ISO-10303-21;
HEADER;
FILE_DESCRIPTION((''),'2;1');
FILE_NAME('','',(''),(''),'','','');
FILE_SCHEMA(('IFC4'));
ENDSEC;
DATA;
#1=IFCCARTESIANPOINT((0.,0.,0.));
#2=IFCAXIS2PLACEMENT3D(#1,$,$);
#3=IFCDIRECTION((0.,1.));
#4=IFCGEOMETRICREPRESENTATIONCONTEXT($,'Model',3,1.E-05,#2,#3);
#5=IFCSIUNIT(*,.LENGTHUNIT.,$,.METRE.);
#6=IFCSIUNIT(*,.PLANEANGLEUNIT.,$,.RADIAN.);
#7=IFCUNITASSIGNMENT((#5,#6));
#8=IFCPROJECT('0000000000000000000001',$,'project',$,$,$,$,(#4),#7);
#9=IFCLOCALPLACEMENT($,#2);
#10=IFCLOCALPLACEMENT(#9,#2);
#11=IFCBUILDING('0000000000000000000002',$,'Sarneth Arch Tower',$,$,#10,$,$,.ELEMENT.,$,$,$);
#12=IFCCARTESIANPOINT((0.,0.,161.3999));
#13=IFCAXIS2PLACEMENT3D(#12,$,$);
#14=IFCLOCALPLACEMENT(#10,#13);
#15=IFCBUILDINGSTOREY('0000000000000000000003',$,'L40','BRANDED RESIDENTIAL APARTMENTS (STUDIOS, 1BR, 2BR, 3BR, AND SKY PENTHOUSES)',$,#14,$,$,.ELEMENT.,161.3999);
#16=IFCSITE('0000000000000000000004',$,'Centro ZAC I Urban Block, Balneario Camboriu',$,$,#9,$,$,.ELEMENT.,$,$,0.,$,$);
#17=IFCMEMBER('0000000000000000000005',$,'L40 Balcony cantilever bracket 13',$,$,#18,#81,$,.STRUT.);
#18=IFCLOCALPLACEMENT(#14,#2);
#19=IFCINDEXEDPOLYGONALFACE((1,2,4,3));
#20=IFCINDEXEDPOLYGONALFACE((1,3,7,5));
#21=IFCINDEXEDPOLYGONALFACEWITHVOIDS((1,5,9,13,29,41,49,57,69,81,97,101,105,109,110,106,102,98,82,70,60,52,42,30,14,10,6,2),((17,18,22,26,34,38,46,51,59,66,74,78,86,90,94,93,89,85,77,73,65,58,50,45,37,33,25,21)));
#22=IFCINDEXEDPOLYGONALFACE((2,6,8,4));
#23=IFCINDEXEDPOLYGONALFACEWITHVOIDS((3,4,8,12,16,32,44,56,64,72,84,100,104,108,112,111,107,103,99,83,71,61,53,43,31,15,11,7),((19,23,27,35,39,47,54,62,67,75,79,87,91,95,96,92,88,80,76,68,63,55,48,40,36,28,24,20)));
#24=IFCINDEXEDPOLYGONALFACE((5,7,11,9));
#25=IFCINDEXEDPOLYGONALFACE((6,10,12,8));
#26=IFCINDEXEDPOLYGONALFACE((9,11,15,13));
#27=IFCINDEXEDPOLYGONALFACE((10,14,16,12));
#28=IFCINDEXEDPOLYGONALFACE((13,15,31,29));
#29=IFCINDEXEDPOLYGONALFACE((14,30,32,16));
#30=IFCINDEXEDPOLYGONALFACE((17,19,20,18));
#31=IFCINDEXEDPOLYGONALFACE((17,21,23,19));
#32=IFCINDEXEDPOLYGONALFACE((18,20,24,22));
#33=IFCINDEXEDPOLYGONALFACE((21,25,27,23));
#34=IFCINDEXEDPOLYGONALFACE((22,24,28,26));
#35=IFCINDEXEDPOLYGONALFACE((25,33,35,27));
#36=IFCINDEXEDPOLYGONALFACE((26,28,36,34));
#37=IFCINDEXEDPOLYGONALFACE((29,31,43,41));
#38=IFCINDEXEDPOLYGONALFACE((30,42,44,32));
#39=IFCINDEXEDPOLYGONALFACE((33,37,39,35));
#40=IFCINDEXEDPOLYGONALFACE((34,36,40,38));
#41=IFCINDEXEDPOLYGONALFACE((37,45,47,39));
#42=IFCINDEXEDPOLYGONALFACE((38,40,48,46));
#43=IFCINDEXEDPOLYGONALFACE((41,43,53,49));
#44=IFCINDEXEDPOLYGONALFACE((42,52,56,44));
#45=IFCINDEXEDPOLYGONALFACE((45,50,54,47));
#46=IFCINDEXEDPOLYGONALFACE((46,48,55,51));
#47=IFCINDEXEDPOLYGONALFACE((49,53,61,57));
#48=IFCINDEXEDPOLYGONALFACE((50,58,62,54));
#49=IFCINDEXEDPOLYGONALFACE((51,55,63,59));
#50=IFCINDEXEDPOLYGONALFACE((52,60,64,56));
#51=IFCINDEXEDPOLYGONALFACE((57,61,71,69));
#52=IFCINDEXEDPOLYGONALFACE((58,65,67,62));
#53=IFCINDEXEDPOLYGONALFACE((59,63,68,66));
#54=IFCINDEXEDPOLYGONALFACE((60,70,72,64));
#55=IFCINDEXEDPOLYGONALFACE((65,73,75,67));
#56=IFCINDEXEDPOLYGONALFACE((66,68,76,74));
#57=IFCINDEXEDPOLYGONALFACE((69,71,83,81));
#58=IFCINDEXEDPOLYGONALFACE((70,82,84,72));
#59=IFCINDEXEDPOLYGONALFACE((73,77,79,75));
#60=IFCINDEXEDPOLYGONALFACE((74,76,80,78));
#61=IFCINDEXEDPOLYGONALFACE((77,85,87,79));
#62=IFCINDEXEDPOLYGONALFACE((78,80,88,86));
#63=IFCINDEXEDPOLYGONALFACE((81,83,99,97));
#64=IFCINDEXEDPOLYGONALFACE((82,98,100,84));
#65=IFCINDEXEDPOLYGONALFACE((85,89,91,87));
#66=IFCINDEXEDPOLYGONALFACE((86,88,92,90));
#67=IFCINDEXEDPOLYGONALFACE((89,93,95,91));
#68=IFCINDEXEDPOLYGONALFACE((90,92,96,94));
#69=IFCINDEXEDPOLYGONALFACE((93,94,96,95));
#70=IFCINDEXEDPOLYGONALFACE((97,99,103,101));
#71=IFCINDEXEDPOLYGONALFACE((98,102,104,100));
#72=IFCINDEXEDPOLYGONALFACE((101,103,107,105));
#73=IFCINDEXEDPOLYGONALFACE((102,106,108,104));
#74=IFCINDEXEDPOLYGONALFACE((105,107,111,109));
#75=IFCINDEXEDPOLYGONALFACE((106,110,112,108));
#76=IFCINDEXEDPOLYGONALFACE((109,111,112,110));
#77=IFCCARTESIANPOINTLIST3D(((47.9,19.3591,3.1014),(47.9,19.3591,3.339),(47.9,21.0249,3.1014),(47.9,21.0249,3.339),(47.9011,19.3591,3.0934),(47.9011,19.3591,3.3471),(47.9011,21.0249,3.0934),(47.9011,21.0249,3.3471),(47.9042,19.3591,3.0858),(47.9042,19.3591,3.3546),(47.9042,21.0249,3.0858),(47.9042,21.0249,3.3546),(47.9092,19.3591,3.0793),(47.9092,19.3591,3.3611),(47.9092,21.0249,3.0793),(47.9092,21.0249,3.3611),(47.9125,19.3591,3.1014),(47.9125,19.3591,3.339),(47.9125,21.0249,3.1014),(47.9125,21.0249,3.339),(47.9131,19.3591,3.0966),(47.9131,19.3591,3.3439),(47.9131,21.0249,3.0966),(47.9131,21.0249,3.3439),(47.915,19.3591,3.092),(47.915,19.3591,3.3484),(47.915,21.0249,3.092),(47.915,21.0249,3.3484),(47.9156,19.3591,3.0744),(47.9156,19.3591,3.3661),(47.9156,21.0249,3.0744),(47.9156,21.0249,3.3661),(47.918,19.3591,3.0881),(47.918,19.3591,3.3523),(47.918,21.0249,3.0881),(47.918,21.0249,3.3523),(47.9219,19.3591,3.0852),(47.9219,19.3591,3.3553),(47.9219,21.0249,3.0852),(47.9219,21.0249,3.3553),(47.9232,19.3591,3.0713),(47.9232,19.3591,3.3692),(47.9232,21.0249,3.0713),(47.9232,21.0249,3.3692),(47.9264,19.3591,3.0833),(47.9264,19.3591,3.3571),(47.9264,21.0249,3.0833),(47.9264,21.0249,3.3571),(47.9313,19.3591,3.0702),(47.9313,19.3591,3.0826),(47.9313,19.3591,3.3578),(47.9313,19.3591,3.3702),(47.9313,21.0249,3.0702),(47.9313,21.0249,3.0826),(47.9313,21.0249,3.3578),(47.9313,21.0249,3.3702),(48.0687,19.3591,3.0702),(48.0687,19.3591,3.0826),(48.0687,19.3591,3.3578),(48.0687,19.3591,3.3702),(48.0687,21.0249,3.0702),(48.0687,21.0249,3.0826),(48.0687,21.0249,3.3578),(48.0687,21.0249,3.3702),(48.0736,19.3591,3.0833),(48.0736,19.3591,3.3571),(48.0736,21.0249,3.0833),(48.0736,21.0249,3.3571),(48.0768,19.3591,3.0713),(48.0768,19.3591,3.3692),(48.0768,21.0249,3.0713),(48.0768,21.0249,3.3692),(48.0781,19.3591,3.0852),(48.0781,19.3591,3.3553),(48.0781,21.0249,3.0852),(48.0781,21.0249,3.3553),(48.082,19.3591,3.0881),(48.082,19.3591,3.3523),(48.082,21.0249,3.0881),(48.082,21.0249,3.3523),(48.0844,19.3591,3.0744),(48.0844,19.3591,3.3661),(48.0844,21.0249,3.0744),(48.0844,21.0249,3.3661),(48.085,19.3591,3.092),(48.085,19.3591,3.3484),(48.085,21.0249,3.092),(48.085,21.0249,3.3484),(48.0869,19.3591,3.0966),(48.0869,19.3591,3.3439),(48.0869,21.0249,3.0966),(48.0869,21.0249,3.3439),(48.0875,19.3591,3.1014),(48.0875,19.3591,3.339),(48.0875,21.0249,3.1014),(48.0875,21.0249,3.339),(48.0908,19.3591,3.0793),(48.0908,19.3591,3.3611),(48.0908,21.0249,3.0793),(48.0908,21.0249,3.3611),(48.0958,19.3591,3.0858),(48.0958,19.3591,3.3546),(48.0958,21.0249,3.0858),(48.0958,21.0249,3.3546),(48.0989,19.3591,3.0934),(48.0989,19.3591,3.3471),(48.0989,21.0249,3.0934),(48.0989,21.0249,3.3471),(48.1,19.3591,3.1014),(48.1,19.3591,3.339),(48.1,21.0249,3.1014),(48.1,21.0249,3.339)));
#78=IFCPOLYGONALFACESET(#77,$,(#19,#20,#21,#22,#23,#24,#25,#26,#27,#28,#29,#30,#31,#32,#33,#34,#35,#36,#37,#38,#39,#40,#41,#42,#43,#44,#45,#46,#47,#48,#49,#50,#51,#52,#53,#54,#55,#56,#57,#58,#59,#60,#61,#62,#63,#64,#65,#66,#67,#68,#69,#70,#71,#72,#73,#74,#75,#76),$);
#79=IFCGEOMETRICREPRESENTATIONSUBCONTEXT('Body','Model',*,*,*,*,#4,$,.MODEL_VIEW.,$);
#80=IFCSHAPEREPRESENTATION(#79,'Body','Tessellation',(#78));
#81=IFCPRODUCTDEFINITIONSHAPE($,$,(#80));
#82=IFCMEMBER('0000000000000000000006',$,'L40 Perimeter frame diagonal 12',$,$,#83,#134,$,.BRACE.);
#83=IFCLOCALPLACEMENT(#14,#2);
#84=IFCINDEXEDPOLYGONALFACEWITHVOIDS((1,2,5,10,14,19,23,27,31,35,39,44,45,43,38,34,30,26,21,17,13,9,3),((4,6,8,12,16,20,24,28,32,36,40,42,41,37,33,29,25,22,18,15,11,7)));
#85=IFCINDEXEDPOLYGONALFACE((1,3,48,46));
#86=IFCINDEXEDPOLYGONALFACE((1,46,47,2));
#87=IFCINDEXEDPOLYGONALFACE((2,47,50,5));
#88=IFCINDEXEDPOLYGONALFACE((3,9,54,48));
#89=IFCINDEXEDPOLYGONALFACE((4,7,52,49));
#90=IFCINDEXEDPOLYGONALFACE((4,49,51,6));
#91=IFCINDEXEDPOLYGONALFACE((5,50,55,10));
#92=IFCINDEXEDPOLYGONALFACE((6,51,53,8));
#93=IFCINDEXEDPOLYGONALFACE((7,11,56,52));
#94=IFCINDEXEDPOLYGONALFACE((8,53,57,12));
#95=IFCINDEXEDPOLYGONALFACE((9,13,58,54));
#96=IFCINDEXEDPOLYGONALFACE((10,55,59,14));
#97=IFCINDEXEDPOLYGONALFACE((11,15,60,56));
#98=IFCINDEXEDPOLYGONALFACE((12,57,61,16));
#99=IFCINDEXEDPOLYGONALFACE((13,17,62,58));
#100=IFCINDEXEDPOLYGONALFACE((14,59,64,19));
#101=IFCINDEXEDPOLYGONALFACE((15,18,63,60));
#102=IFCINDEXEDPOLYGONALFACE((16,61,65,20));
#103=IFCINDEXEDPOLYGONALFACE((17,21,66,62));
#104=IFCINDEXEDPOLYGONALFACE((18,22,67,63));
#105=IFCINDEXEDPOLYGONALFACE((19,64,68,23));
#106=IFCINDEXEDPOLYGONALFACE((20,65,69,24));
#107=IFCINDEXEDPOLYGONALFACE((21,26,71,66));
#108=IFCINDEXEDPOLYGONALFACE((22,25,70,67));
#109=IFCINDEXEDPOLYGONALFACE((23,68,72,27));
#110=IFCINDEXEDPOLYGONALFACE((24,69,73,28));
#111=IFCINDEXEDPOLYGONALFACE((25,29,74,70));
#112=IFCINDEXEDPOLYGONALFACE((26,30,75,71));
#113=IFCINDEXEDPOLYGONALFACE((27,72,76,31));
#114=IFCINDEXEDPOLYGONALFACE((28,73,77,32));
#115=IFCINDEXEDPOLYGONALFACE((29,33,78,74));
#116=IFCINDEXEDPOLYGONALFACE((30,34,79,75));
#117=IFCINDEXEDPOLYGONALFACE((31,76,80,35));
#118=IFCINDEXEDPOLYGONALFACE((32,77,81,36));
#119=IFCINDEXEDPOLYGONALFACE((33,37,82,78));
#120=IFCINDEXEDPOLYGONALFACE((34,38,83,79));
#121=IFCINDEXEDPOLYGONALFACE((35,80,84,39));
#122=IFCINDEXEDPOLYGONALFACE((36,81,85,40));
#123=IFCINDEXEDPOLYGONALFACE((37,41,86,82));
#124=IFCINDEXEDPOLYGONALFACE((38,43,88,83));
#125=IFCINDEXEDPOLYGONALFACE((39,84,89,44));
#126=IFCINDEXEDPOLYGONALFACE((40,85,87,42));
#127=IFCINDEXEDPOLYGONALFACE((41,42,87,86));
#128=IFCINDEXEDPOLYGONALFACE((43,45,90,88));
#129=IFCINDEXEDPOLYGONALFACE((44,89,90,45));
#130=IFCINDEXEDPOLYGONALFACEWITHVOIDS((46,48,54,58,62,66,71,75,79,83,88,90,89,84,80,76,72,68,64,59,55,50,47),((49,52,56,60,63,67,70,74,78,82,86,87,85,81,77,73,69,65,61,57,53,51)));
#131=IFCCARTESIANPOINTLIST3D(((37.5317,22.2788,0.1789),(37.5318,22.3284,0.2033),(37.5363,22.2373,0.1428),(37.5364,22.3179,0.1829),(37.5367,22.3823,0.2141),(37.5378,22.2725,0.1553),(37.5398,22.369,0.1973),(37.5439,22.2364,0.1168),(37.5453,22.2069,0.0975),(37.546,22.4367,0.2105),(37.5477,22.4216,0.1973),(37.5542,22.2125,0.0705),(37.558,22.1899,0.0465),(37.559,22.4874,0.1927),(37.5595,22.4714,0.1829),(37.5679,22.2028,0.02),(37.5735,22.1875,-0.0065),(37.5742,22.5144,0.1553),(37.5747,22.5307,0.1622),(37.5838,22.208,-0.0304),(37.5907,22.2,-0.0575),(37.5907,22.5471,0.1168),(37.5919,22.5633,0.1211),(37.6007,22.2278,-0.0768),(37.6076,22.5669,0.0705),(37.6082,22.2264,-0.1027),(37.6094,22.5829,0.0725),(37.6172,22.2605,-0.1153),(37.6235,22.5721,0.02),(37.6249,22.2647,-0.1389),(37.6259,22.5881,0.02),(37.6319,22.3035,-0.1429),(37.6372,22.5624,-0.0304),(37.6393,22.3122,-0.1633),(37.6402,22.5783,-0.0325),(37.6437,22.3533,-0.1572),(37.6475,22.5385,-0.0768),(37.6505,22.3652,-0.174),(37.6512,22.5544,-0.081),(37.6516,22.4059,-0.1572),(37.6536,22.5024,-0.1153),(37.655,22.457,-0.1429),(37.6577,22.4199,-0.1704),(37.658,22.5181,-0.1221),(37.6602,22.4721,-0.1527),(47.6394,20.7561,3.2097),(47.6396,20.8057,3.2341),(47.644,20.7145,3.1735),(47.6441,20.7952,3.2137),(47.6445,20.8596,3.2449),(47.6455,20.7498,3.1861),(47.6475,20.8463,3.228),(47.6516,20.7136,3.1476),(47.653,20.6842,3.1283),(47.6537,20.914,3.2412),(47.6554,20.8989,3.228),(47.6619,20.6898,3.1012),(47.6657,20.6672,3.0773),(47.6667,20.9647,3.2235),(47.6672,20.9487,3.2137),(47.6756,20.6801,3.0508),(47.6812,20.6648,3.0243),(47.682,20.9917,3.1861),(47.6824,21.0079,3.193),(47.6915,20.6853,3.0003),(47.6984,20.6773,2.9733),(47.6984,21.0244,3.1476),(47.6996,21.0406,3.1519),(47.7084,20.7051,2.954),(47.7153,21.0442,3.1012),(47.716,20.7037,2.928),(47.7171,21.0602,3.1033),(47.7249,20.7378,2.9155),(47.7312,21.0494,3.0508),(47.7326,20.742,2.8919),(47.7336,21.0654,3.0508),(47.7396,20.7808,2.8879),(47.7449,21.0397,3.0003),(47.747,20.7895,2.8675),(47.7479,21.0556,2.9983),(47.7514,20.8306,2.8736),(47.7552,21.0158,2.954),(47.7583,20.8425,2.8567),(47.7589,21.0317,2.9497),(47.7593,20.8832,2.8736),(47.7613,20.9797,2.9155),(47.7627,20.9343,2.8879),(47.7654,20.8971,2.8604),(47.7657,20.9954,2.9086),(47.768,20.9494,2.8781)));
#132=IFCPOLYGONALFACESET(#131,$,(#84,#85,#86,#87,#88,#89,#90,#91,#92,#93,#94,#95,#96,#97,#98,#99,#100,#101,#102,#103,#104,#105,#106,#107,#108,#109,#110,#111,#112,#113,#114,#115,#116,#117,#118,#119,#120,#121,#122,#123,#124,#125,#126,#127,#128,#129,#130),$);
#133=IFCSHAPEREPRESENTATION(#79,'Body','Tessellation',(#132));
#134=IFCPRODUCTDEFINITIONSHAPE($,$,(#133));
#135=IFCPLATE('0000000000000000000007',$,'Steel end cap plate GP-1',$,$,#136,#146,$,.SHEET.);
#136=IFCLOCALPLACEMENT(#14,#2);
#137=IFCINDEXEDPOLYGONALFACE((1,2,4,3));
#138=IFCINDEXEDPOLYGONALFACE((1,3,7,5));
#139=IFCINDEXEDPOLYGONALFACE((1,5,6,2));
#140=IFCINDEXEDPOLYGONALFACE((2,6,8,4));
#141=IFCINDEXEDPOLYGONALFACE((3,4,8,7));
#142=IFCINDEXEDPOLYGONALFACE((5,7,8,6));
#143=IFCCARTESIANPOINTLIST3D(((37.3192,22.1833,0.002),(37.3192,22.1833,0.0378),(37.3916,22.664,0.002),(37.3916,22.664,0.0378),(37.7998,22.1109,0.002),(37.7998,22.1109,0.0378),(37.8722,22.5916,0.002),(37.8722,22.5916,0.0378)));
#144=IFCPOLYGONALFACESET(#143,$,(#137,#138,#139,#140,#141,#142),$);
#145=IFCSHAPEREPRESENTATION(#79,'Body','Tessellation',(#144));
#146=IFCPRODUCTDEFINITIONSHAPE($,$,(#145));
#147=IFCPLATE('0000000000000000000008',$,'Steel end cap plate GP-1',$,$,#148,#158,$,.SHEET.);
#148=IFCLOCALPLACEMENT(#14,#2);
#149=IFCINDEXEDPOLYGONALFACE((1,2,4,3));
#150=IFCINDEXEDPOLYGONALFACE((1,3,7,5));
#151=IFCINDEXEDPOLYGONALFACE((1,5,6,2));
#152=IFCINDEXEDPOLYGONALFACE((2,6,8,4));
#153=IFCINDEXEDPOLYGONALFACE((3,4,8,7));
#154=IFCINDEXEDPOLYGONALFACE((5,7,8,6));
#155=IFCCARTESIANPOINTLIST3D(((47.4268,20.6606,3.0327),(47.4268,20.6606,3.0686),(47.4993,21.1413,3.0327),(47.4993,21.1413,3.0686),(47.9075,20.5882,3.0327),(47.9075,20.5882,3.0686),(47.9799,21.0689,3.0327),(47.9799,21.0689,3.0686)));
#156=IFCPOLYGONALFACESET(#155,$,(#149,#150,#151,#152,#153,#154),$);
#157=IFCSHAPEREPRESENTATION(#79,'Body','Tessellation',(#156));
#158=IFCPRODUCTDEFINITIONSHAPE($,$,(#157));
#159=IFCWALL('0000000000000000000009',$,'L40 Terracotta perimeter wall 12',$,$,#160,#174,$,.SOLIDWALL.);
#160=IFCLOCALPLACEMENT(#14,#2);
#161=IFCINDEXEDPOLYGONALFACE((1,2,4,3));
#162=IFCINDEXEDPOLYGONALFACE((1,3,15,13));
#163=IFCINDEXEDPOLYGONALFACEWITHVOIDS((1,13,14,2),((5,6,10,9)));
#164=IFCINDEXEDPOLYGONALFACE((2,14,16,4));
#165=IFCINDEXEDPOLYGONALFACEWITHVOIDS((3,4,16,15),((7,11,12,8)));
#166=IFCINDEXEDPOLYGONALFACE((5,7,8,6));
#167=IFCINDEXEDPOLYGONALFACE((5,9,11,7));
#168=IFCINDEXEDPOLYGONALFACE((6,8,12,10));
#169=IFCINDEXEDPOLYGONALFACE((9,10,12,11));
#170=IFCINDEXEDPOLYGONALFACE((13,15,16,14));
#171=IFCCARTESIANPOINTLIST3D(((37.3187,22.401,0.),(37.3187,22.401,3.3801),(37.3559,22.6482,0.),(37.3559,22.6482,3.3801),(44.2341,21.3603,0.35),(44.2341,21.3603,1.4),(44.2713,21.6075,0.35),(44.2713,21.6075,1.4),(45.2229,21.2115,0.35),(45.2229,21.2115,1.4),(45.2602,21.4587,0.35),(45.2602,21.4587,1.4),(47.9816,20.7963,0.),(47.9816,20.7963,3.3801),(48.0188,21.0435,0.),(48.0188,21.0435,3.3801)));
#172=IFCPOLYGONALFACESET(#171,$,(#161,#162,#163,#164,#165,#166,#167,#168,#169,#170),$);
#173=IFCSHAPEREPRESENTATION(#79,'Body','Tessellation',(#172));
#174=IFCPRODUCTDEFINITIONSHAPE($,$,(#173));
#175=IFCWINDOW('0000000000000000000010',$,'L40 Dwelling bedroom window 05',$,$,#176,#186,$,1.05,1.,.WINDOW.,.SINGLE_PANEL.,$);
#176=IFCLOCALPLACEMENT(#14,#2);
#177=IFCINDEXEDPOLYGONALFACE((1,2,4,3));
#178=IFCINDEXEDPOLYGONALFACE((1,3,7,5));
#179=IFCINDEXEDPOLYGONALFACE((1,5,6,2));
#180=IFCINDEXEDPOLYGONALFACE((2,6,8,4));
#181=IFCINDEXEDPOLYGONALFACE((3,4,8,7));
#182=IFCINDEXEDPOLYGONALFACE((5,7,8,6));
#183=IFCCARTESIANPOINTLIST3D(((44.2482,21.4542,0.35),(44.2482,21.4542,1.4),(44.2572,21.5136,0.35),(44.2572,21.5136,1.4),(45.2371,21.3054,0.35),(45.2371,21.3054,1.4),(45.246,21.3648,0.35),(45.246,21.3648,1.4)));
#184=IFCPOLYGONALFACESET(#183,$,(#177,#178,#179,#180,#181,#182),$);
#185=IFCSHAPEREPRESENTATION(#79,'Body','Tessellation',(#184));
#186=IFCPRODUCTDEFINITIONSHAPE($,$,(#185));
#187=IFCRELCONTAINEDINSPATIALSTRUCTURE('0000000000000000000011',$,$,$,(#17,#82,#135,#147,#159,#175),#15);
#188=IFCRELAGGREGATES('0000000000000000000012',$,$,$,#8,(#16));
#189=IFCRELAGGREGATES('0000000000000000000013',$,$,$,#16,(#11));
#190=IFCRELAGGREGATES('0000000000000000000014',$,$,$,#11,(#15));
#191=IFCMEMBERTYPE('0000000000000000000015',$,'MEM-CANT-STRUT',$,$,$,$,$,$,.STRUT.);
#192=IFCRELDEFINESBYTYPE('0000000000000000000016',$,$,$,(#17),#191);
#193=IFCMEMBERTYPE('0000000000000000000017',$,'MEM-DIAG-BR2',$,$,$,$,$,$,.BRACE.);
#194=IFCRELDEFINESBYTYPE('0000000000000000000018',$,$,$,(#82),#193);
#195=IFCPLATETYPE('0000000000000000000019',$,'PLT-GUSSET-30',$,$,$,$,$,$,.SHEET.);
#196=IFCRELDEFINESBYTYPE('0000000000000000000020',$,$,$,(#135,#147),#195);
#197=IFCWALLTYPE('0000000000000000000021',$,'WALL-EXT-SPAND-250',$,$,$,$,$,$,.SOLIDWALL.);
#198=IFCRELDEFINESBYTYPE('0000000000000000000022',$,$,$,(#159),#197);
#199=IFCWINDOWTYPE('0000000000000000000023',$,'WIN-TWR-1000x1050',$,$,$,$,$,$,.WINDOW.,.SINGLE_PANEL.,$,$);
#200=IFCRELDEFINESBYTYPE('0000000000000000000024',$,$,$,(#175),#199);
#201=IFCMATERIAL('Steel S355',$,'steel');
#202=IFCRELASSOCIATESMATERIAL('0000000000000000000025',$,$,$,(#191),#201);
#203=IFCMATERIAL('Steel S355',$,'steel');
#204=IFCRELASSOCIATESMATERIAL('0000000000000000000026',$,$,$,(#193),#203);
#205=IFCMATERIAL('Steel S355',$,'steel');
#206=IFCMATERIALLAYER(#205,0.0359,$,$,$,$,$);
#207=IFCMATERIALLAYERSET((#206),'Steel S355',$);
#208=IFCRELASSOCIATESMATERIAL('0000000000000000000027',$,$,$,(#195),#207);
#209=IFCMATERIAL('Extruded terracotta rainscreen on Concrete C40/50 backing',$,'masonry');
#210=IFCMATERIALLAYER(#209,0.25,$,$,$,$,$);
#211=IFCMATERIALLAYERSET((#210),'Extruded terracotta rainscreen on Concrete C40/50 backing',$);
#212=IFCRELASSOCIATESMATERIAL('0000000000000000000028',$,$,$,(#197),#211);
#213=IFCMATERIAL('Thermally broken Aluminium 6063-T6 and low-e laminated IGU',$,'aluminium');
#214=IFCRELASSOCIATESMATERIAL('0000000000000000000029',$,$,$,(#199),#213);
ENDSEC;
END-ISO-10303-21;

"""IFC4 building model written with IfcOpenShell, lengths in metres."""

from ifc_helpers import new_model, si_unit, direction, frame, frame_2d, origin, origin_2d, place, context, subcontext, project, spatial, rectangle, hollow_rectangle, hollow_circle, extrude, material, layer, layer_set, material_profile, profile_set, type_object, element, fill, save


model = new_model("IFC4")

# Units and contexts
model_context = context("Model", 3, precision=1e-05, world=origin(), true_north=direction((0.0, 1.0)))
body_context = subcontext(model_context, "Body", "Model", "MODEL_VIEW")
ifc_project = project(units=[si_unit("LENGTHUNIT", "METRE"), si_unit("PLANEANGLEUNIT", "RADIAN")], contexts=[model_context])

# Site, building, storey
site_placement = place(None, origin())
site = spatial("IfcSite", under=ifc_project, at=site_placement, Name="Centro ZAC I Urban Block, Balneario Camboriu", CompositionType="ELEMENT", RefElevation=0.0)
building_placement = place(site_placement, origin())
building = spatial("IfcBuilding", under=site, at=building_placement, Name="Sarneth Arch Tower", CompositionType="ELEMENT")
storey_placement = place(building_placement, frame((0.0, 0.0, 161.3999)))
storey = spatial("IfcBuildingStorey", under=building, at=storey_placement, Name="L40", Description="BRANDED RESIDENTIAL APARTMENTS (STUDIOS, 1BR, 2BR, 3BR, AND SKY PENTHOUSES)", CompositionType="ELEMENT", Elevation=161.3999)

# Members
ifc_material_1 = material(Name="Steel S355", Category="steel")
ifc_material_profile_1 = material_profile(ifc_material_1, hollow_rectangle(XDim=0.2, YDim=0.3, WallThickness=0.0125, InnerFilletRadius=0.0188, OuterFilletRadius=0.0312, at=origin_2d()), Name="RHS300x200x12.5")
ifc_profile_set_1 = profile_set([ifc_material_profile_1], Name="Steel S355")
member_type_1 = type_object("IfcMemberType", Name="MEM-CANT-STRUT", PredefinedType="STRUT", material=ifc_profile_set_1)
member_1_placement = place(storey_placement, frame((48.0, 21.0249, 3.2202), z_axis=(0.0, -1.0, 0.0), x_axis=(1.0, 0.0, 0.0)))
element("IfcMember", 1, at=member_1_placement, inside=storey, type_object=member_type_1, Name="L40 Balcony cantilever bracket 13", PredefinedType="STRUT", context=body_context, shape_type="SweptSolid", body=[
    extrude(hollow_rectangle(XDim=0.2, YDim=0.3, WallThickness=0.0125, InnerFilletRadius=0.0188, OuterFilletRadius=0.0312, at=origin_2d()), origin(), (0.0, 0.0, 1.0), 1.6658),
])
ifc_material_2 = material(Name="Steel S355", Category="steel")
ifc_material_profile_2 = material_profile(ifc_material_2, hollow_circle(Radius=0.2029, WallThickness=0.0161, at=origin_2d()), Name="CHS406x16")
ifc_profile_set_2 = profile_set([ifc_material_profile_2], Name="Steel S355")
member_type_2 = type_object("IfcMemberType", Name="MEM-DIAG-BR2", PredefinedType="BRACE", material=ifc_profile_set_2)
member_2_placement = place(storey_placement, frame((37.5957, 22.3875, 0.02), z_axis=(0.948047, -0.142822, 0.28427), x_axis=(0.148968, 0.988842, 0.0)))
element("IfcMember", 2, at=member_2_placement, inside=storey, type_object=member_type_2, Name="L40 Perimeter frame diagonal 12", PredefinedType="BRACE", context=body_context, shape_type="SweptSolid", body=[
    extrude(hollow_circle(Radius=0.2029, WallThickness=0.0161, at=origin_2d()), origin(), (0.0, 0.0, 1.0), 10.6616),
])

# Plates
ifc_material_3 = material(Name="Steel S355", Category="steel")
ifc_layer_1 = layer(ifc_material_3, 0.0359)
ifc_layer_set_1 = layer_set([ifc_layer_1], Name="Steel S355")
plate_type = type_object("IfcPlateType", Name="PLT-GUSSET-30", PredefinedType="SHEET", material=ifc_layer_set_1)
for number, where, z_axis, x_axis, name in (
    (3, (37.5957, 22.3875, 0.002), (0.0, 0.0, 1.0), (0.988835, -0.149018, 0.0), "Steel end cap plate GP-1"),
    (4, (47.7034, 20.8647, 3.0327), (0.0, 0.0, 1.0), (0.988835, -0.149018, 0.0), "Steel end cap plate GP-1"),
):
    element("IfcPlate", number, at=place(storey_placement, frame(where, z_axis=z_axis, x_axis=x_axis)), inside=storey, type_object=plate_type, Name=name, PredefinedType="SHEET", context=body_context, shape_type="SweptSolid", body=[
        extrude(rectangle(XDim=0.4861, YDim=0.4861, at=origin_2d()), origin(), (0.0, 0.0, 1.0), 0.0359),
    ])

# Wall, opening, window
ifc_material_4 = material(Name="Extruded terracotta rainscreen on Concrete C40/50 backing", Category="masonry")
ifc_layer_2 = layer(ifc_material_4, 0.25)
ifc_layer_set_2 = layer_set([ifc_layer_2], Name="Extruded terracotta rainscreen on Concrete C40/50 backing")
wall_type_1 = type_object("IfcWallType", Name="WALL-EXT-SPAND-250", PredefinedType="SOLIDWALL", material=ifc_layer_set_2)
wall_1_placement = place(storey_placement, frame((37.3372, 22.5247, 0.0), z_axis=(0.0, 0.0, 1.0), x_axis=(0.988864, -0.148822, 0.0)))
wall_1 = element("IfcWall", 5, at=wall_1_placement, inside=storey, type_object=wall_type_1, Name="L40 Terracotta perimeter wall 12", PredefinedType="SOLIDWALL", context=body_context, shape_type="SweptSolid", body=[
    extrude(rectangle(XDim=10.783, YDim=0.25, at=frame_2d((5.3916, 0.0))), origin(), (0.0, 0.0, 1.0), 3.3801),
])
opening_1_placement = place(wall_1_placement, frame((6.9934, 0.0, 0.3501)))
opening_1 = element("IfcOpeningElement", 6, at=opening_1_placement, cuts=wall_1, PredefinedType="OPENING", context=body_context, shape_type="SweptSolid", body=[
    extrude(rectangle(XDim=1.0, YDim=1.05, at=frame_2d((0.5, 0.5249))), frame((0.0, 0.135, 0.0), z_axis=(0.0, -1.0, 0.0), x_axis=(1.0, 0.0, 0.0)), (0.0, 0.0, 1.0), 0.27),
])
ifc_material_5 = material(Name="Thermally broken Aluminium 6063-T6 and low-e laminated IGU", Category="aluminium")
window_type = type_object("IfcWindowType", Name="WIN-TWR-1000x1050", PartitioningType="SINGLE_PANEL", PredefinedType="WINDOW", material=ifc_material_5)
window_placement = place(opening_1_placement, origin())
window = element("IfcWindow", 7, at=window_placement, inside=storey, type_object=window_type, Name="L40 Dwelling bedroom window 05", OverallHeight=1.05, OverallWidth=1.0, PartitioningType="SINGLE_PANEL", PredefinedType="WINDOW", context=body_context, shape_type="SweptSolid", body=[
    extrude(rectangle(XDim=1.0, YDim=1.05, at=frame_2d((0.5, 0.5249))), frame((0.0, 0.03, 0.0), z_axis=(0.0, -1.0, 0.0), x_axis=(1.0, 0.0, 0.0)), (0.0, 0.0, 1.0), 0.0601),
])
fill(opening_1, window)

save(model, "model.ifc")
